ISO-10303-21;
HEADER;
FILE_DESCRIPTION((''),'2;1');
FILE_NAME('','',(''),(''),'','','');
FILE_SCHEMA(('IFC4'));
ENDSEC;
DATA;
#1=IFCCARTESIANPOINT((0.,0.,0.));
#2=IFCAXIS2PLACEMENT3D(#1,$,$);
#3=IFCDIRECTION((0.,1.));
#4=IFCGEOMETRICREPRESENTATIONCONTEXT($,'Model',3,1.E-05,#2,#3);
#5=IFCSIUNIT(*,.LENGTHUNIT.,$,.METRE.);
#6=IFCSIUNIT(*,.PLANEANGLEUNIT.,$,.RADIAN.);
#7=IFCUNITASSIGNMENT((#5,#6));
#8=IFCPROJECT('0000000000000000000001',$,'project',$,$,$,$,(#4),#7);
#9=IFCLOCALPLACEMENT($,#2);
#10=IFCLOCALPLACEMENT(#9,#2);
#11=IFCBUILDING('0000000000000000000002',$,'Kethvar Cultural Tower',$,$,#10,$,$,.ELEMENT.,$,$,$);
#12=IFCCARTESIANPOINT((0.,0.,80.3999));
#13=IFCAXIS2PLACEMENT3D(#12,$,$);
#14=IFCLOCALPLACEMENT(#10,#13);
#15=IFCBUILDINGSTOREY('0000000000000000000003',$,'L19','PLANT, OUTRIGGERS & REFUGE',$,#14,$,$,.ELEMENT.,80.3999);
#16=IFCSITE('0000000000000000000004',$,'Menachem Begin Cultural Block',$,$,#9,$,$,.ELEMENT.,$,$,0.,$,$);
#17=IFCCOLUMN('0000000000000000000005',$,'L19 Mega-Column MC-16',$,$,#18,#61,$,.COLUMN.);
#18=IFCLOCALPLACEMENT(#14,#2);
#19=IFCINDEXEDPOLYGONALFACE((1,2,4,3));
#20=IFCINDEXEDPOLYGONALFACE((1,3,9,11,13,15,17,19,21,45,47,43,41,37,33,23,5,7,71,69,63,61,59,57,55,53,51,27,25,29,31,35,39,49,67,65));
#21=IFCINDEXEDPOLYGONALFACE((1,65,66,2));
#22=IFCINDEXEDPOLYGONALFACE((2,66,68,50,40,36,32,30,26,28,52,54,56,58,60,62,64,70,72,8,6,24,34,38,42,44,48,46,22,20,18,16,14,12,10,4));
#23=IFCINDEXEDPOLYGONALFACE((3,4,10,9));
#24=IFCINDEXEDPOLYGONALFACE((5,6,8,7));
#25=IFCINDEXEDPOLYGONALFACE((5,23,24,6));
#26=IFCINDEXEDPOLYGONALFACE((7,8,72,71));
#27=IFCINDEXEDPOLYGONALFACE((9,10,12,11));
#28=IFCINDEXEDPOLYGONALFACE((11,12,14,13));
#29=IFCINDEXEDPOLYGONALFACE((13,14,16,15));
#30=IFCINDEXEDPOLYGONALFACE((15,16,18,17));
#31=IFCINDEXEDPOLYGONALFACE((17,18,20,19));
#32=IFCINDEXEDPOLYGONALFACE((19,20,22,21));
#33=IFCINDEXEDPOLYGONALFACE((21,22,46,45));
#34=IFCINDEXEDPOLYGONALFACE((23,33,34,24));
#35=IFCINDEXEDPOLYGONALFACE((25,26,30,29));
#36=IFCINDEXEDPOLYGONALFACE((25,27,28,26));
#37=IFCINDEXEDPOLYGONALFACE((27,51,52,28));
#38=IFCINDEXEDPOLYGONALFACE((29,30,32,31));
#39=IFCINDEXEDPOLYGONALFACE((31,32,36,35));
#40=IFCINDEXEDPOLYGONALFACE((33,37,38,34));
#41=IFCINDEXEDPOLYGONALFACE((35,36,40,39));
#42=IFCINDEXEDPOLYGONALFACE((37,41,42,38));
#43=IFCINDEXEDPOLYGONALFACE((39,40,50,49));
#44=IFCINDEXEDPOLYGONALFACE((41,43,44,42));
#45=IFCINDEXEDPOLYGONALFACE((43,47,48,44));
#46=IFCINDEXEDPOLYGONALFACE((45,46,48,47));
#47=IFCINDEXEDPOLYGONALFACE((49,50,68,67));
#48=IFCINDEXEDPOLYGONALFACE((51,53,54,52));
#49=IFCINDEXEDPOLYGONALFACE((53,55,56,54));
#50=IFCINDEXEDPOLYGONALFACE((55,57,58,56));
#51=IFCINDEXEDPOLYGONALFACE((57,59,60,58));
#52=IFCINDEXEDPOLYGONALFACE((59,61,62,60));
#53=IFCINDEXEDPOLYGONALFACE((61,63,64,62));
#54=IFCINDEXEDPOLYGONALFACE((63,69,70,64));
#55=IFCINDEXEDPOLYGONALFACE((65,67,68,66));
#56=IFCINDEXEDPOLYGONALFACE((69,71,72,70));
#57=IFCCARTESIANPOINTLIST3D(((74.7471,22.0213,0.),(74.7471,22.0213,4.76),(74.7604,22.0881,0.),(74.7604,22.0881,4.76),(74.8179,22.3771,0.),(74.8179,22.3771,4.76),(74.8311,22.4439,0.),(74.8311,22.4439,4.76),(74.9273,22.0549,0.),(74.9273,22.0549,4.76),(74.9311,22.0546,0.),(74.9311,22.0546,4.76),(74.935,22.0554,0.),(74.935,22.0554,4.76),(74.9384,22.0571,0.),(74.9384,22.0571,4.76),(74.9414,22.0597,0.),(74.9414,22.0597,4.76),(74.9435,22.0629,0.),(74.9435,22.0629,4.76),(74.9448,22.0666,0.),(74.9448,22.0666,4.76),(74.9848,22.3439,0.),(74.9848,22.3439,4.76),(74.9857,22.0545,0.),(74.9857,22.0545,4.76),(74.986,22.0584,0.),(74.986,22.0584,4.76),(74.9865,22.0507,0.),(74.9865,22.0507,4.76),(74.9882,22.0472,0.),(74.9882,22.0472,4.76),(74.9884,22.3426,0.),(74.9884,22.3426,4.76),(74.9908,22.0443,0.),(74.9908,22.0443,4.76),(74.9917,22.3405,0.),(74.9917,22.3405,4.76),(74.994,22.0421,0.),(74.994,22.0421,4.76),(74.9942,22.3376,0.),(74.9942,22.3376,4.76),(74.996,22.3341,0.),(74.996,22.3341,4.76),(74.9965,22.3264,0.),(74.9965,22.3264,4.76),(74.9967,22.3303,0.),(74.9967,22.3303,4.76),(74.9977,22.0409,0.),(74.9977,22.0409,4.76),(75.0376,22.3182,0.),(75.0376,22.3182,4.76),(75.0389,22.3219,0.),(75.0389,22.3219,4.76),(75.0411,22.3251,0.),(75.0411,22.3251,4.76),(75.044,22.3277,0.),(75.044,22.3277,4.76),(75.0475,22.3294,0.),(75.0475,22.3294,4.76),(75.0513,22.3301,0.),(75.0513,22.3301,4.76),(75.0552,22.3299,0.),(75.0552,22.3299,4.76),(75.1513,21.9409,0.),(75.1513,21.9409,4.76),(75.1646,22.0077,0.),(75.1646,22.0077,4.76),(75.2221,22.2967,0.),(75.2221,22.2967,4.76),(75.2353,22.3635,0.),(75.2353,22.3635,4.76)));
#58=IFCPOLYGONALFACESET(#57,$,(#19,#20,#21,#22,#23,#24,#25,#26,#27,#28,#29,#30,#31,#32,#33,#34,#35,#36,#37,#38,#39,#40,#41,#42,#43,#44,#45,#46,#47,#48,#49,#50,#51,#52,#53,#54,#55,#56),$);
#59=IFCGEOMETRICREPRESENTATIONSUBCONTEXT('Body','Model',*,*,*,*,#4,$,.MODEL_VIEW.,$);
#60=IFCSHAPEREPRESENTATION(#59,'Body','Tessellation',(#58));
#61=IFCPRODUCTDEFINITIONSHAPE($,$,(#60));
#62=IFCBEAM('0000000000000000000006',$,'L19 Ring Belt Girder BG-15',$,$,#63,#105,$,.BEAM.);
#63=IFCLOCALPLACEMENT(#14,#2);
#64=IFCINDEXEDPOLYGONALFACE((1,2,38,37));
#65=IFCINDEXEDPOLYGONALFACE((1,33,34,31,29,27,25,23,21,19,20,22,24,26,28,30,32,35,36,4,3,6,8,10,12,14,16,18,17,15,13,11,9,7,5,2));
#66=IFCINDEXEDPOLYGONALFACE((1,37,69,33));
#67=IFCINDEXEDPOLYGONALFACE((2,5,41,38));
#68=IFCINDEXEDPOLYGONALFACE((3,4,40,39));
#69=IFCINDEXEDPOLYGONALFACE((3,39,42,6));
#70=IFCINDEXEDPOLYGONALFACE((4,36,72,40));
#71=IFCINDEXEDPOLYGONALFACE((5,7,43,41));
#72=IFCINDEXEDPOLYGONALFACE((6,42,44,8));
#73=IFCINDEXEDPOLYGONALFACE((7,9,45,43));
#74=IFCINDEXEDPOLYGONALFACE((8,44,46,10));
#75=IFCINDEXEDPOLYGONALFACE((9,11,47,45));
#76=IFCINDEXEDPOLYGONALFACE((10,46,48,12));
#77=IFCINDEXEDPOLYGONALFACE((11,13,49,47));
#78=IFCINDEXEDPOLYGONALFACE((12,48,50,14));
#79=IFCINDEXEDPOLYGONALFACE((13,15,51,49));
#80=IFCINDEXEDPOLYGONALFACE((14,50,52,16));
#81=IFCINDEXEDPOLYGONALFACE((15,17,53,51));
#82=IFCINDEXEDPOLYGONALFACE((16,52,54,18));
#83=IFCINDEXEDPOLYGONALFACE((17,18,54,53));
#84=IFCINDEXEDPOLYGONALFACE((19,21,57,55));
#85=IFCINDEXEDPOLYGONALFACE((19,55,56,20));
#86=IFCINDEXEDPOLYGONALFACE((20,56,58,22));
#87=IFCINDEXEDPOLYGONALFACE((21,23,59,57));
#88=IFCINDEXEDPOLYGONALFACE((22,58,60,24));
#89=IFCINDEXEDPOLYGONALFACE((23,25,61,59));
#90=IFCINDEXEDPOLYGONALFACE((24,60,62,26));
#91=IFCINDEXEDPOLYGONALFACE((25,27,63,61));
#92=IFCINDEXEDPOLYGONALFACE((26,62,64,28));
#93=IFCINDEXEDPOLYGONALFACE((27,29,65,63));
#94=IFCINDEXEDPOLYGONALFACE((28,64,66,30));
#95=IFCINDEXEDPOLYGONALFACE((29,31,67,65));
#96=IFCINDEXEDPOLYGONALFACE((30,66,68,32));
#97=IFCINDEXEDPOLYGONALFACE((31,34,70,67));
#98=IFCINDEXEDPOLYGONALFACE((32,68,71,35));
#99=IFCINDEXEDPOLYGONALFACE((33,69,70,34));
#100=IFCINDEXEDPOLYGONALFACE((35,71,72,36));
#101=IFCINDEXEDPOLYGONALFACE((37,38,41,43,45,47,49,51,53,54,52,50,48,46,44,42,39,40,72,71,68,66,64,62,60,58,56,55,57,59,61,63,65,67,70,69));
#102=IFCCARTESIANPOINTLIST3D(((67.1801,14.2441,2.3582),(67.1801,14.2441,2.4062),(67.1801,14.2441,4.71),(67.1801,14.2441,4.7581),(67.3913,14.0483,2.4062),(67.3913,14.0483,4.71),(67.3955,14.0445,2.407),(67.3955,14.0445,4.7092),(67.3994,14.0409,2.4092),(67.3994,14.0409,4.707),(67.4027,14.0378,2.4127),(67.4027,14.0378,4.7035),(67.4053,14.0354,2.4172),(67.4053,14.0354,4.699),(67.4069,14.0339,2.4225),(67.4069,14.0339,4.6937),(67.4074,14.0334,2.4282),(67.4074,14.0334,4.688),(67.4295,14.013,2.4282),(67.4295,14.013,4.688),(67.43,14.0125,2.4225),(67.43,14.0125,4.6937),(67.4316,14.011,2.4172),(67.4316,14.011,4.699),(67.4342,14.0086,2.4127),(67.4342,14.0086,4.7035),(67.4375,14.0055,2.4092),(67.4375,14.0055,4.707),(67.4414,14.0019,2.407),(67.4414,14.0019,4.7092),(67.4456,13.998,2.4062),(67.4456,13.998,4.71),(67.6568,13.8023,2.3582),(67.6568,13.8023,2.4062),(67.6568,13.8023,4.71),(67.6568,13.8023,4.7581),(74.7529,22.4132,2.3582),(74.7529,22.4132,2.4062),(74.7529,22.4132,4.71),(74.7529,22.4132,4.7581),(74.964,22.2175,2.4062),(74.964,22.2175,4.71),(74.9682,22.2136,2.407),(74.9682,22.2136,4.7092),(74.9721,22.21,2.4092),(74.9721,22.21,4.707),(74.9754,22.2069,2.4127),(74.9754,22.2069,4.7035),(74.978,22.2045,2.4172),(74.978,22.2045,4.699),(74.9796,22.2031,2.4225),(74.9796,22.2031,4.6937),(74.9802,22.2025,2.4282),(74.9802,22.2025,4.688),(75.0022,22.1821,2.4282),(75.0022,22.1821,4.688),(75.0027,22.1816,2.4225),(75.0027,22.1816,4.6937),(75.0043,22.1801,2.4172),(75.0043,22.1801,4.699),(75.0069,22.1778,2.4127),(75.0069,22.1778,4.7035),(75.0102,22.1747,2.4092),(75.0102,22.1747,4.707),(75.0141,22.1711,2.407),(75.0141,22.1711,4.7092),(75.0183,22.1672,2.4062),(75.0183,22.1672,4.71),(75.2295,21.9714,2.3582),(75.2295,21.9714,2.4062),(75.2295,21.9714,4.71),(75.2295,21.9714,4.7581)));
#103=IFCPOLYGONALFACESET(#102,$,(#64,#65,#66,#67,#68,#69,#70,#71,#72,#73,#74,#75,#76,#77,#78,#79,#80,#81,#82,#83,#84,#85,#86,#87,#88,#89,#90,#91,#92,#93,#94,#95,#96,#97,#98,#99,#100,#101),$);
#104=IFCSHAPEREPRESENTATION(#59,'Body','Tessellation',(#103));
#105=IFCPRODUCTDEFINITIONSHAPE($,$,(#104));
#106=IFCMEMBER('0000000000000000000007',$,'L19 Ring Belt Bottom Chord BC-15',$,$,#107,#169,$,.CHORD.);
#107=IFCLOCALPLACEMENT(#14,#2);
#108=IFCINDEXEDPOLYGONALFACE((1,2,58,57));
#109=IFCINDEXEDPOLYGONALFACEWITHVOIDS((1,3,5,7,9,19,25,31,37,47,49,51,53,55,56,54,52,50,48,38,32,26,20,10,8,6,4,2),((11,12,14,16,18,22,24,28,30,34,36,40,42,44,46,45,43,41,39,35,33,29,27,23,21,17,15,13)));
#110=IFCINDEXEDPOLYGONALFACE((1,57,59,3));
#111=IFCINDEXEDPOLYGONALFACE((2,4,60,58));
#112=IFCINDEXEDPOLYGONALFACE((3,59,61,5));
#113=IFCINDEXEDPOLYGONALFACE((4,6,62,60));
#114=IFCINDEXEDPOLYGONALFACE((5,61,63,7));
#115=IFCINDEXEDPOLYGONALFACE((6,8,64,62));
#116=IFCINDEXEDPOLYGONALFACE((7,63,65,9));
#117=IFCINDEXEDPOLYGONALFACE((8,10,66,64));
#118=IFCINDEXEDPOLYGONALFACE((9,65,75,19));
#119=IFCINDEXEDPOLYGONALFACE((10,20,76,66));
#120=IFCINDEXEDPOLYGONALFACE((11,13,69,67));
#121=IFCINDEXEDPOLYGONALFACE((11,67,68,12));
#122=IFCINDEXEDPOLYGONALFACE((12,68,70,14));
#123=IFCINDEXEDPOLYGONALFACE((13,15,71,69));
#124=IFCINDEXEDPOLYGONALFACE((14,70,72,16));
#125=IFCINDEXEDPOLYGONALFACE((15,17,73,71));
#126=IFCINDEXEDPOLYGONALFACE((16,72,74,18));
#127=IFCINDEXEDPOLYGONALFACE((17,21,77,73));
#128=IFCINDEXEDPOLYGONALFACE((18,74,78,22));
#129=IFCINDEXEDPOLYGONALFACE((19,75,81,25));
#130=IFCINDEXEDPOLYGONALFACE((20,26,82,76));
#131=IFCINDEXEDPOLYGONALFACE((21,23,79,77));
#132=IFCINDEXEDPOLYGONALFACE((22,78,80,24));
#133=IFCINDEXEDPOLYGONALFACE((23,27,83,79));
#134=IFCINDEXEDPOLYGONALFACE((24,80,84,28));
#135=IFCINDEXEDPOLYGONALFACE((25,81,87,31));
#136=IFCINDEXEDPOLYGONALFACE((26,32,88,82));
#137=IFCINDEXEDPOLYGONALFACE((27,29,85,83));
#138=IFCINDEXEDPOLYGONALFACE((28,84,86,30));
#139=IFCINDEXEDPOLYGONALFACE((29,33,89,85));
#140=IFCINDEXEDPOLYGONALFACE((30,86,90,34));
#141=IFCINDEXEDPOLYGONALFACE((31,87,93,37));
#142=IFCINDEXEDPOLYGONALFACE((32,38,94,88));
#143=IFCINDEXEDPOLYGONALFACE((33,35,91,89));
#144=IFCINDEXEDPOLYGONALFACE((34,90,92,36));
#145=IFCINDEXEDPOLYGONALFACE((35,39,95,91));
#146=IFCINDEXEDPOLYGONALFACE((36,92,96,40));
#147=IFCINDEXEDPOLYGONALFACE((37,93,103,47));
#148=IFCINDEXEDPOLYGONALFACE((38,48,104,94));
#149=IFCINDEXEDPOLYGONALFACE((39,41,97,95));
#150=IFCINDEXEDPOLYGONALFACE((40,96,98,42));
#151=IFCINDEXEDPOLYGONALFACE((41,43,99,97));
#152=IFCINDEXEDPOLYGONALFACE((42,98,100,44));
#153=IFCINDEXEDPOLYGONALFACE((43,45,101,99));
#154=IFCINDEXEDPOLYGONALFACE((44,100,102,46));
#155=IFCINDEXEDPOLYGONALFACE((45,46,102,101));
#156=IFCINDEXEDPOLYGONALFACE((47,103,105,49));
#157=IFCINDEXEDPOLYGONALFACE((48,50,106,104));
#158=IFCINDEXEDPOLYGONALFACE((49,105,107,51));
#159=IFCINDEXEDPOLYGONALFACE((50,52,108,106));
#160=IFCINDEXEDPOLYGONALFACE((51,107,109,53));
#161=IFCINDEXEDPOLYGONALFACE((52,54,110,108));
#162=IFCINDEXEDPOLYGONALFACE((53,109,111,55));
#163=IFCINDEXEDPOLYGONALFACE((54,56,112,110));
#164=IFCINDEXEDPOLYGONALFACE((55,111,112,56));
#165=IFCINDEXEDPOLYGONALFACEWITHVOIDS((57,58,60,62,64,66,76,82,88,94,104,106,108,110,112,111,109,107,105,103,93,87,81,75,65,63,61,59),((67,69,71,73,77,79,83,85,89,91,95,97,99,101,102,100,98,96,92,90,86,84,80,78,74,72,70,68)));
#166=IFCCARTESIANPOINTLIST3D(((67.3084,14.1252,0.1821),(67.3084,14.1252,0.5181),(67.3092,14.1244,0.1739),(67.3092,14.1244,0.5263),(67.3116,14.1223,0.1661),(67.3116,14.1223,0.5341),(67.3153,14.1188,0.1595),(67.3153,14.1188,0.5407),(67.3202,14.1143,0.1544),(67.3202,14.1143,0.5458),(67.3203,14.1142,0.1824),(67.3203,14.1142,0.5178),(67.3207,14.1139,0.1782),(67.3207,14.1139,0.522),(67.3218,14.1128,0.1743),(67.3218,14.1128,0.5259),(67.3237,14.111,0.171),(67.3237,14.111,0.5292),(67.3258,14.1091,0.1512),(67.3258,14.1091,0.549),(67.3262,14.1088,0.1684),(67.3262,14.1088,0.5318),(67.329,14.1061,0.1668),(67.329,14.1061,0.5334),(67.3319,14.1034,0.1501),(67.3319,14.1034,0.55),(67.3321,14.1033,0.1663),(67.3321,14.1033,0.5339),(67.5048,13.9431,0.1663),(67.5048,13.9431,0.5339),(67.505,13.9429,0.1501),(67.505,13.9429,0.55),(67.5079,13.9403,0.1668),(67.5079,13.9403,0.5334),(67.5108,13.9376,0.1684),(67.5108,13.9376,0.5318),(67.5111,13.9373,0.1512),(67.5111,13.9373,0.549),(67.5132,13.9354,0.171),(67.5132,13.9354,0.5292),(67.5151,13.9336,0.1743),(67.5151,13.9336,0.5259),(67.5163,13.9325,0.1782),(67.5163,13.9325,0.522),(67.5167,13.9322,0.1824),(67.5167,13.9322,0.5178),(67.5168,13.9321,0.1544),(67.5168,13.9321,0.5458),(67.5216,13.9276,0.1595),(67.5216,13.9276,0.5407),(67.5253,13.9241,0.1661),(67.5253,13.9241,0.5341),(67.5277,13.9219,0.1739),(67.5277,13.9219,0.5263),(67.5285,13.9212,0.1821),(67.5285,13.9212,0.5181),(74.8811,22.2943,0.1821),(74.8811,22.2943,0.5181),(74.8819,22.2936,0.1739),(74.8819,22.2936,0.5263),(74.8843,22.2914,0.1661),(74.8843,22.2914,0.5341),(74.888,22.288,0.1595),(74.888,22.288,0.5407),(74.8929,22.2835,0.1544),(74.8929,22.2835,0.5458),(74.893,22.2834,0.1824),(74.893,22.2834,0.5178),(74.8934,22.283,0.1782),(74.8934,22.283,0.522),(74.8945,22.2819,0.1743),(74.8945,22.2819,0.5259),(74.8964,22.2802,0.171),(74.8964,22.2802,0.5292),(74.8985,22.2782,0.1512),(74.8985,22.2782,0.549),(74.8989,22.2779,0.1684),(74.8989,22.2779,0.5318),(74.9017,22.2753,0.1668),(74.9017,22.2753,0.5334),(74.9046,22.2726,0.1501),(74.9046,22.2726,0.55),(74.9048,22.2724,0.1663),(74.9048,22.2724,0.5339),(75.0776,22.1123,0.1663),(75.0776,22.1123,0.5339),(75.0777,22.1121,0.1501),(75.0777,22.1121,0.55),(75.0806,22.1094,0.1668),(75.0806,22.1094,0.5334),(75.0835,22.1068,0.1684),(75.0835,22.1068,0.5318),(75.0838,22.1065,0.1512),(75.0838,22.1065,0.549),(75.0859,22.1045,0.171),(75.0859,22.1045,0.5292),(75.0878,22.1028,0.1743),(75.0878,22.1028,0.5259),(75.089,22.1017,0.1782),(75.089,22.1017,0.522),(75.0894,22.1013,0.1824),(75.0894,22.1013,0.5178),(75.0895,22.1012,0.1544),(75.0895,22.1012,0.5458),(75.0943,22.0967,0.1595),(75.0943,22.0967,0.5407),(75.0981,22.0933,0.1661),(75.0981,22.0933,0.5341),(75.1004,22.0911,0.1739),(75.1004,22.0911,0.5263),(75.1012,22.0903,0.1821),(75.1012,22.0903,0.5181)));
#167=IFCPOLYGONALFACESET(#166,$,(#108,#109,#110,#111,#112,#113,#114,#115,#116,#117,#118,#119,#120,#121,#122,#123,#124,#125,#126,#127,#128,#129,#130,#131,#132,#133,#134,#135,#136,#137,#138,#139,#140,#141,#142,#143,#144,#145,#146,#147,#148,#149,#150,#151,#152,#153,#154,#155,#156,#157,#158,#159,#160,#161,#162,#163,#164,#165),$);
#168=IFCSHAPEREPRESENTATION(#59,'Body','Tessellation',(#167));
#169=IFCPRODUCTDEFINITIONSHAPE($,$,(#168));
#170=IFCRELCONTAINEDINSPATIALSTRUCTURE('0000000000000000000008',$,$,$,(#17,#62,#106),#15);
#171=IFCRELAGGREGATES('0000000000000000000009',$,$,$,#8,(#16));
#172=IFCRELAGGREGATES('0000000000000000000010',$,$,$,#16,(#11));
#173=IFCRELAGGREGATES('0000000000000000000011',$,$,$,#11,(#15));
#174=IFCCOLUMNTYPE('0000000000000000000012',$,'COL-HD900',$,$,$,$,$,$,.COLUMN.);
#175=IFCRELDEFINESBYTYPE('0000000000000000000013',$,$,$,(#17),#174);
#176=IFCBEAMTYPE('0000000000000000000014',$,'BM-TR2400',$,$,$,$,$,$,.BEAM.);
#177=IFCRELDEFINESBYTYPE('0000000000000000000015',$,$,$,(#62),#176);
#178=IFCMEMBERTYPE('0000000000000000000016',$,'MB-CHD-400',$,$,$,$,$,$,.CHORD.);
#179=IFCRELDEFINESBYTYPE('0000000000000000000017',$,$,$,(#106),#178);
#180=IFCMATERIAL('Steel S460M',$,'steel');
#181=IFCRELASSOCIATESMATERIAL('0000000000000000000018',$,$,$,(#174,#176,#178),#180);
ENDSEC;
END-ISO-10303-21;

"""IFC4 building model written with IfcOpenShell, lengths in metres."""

from ifc_helpers import new_model, si_unit, direction, frame, origin, origin_2d, place, context, subcontext, project, spatial, hollow_rectangle, i_section, extrude, source, transform, mapped, material, material_profile, profile_set, type_object, element, save


model = new_model("IFC4")

# Units and contexts
model_context = context("Model", 3, precision=1e-05, world=origin(), true_north=direction((0.0, 1.0)))
body_context = subcontext(model_context, "Body", "Model", "MODEL_VIEW")
ifc_project = project(units=[si_unit("LENGTHUNIT", "METRE"), si_unit("PLANEANGLEUNIT", "RADIAN")], contexts=[model_context])

# Site, building, storey
site_placement = place(None, origin())
site = spatial("IfcSite", under=ifc_project, at=site_placement, Name="Menachem Begin Cultural Block", CompositionType="ELEMENT", RefElevation=0.0)
building_placement = place(site_placement, origin())
building = spatial("IfcBuilding", under=site, at=building_placement, Name="Kethvar Cultural Tower", CompositionType="ELEMENT")
storey_placement = place(building_placement, frame((0.0, 0.0, 80.3999)))
storey = spatial("IfcBuildingStorey", under=building, at=storey_placement, Name="L19", Description="PLANT, OUTRIGGERS & REFUGE", CompositionType="ELEMENT", Elevation=80.3999)

# Column
ifc_material_1 = material(Name="Steel S460M", Category="steel")
ifc_material_profile_1 = material_profile(ifc_material_1, i_section(OverallWidth=0.4121, OverallDepth=0.4309, WebThickness=0.042, FlangeThickness=0.0681, FilletRadius=0.0149, at=origin_2d()), Name="Steel S460M — HD400x900")
ifc_profile_set_1 = profile_set([ifc_material_profile_1], Name="Steel S460M — HD400x900")
column_type = type_object("IfcColumnType", Name="COL-HD900", PredefinedType="COLUMN", material=ifc_profile_set_1)
shared_shape_1 = source(origin(), body_context, "Body", "SweptSolid", [
    extrude(i_section(OverallWidth=0.4121, OverallDepth=0.4309, WebThickness=0.042, FlangeThickness=0.0681, FilletRadius=0.0149, at=origin_2d()), origin(), (0.0, 0.0, 1.0), 4.76),
])
column_placement = place(storey_placement, frame((74.9912, 22.1924, 0.0), z_axis=(0.0, 0.0, 1.0), x_axis=(0.980785, -0.19509, 0.0)))
element("IfcColumn", 1, at=column_placement, inside=storey, type_object=column_type, Name="L19 Mega-Column MC-16", PredefinedType="COLUMN", context=body_context, shape_type="MappedRepresentation", body=[
    mapped(shared_shape_1, transform((0.0, 0.0, 0.0), scale=1.0)),
])

# Beam
ifc_material_profile_2 = material_profile(ifc_material_1, i_section(OverallWidth=0.6499, OverallDepth=2.3999, WebThickness=0.03, FlangeThickness=0.0481, FilletRadius=0.022, at=origin_2d()), Name="Steel S460M — PG2400x650x48x30")
ifc_profile_set_2 = profile_set([ifc_material_profile_2], Name="Steel S460M — PG2400x650x48x30")
beam_type = type_object("IfcBeamType", Name="BM-TR2400", PredefinedType="BEAM", material=ifc_profile_set_2)
shared_shape_2 = source(origin(), body_context, "Body", "SweptSolid", [
    extrude(i_section(OverallWidth=0.6499, OverallDepth=2.3999, WebThickness=0.03, FlangeThickness=0.0481, FilletRadius=0.022, at=origin_2d()), origin(), (0.0, 0.0, 1.0), 11.1392),
])
beam_1_placement = place(storey_placement, frame((67.4185, 14.0232, 3.5581), z_axis=(0.679828, 0.733372, 0.0), x_axis=(-0.733372, 0.679828, 0.0)))
element("IfcBeam", 2, at=beam_1_placement, inside=storey, type_object=beam_type, Name="L19 Ring Belt Girder BG-15", PredefinedType="BEAM", context=body_context, shape_type="MappedRepresentation", body=[
    mapped(shared_shape_2, transform((0.0, 0.0, 0.0), scale=1.0)),
])

# Member
ifc_material_profile_3 = material_profile(ifc_material_1, hollow_rectangle(XDim=0.3, YDim=0.3999, WallThickness=0.0161, InnerFilletRadius=0.0161, OuterFilletRadius=0.032, at=origin_2d()), Name="Steel S460M — RHS400x300x16")
ifc_profile_set_3 = profile_set([ifc_material_profile_3], Name="Steel S460M — RHS400x300x16")
member_type_1 = type_object("IfcMemberType", Name="MB-CHD-400", PredefinedType="CHORD", material=ifc_profile_set_3)
shared_shape_3 = source(origin(), body_context, "Body", "SweptSolid", [
    extrude(hollow_rectangle(XDim=0.3, YDim=0.3999, WallThickness=0.0161, InnerFilletRadius=0.0161, OuterFilletRadius=0.032, at=origin_2d()), origin(), (0.0, 0.0, 1.0), 11.1392),
])
member_1_placement = place(storey_placement, frame((67.4185, 14.0232, 0.3501), z_axis=(0.679828, 0.733372, 0.0), x_axis=(-0.733372, 0.679828, 0.0)))
element("IfcMember", 3, at=member_1_placement, inside=storey, type_object=member_type_1, Name="L19 Ring Belt Bottom Chord BC-15", PredefinedType="CHORD", context=body_context, shape_type="MappedRepresentation", body=[
    mapped(shared_shape_3, transform((0.0, 0.0, 0.0), scale=1.0)),
])

save(model, "model.ifc")
